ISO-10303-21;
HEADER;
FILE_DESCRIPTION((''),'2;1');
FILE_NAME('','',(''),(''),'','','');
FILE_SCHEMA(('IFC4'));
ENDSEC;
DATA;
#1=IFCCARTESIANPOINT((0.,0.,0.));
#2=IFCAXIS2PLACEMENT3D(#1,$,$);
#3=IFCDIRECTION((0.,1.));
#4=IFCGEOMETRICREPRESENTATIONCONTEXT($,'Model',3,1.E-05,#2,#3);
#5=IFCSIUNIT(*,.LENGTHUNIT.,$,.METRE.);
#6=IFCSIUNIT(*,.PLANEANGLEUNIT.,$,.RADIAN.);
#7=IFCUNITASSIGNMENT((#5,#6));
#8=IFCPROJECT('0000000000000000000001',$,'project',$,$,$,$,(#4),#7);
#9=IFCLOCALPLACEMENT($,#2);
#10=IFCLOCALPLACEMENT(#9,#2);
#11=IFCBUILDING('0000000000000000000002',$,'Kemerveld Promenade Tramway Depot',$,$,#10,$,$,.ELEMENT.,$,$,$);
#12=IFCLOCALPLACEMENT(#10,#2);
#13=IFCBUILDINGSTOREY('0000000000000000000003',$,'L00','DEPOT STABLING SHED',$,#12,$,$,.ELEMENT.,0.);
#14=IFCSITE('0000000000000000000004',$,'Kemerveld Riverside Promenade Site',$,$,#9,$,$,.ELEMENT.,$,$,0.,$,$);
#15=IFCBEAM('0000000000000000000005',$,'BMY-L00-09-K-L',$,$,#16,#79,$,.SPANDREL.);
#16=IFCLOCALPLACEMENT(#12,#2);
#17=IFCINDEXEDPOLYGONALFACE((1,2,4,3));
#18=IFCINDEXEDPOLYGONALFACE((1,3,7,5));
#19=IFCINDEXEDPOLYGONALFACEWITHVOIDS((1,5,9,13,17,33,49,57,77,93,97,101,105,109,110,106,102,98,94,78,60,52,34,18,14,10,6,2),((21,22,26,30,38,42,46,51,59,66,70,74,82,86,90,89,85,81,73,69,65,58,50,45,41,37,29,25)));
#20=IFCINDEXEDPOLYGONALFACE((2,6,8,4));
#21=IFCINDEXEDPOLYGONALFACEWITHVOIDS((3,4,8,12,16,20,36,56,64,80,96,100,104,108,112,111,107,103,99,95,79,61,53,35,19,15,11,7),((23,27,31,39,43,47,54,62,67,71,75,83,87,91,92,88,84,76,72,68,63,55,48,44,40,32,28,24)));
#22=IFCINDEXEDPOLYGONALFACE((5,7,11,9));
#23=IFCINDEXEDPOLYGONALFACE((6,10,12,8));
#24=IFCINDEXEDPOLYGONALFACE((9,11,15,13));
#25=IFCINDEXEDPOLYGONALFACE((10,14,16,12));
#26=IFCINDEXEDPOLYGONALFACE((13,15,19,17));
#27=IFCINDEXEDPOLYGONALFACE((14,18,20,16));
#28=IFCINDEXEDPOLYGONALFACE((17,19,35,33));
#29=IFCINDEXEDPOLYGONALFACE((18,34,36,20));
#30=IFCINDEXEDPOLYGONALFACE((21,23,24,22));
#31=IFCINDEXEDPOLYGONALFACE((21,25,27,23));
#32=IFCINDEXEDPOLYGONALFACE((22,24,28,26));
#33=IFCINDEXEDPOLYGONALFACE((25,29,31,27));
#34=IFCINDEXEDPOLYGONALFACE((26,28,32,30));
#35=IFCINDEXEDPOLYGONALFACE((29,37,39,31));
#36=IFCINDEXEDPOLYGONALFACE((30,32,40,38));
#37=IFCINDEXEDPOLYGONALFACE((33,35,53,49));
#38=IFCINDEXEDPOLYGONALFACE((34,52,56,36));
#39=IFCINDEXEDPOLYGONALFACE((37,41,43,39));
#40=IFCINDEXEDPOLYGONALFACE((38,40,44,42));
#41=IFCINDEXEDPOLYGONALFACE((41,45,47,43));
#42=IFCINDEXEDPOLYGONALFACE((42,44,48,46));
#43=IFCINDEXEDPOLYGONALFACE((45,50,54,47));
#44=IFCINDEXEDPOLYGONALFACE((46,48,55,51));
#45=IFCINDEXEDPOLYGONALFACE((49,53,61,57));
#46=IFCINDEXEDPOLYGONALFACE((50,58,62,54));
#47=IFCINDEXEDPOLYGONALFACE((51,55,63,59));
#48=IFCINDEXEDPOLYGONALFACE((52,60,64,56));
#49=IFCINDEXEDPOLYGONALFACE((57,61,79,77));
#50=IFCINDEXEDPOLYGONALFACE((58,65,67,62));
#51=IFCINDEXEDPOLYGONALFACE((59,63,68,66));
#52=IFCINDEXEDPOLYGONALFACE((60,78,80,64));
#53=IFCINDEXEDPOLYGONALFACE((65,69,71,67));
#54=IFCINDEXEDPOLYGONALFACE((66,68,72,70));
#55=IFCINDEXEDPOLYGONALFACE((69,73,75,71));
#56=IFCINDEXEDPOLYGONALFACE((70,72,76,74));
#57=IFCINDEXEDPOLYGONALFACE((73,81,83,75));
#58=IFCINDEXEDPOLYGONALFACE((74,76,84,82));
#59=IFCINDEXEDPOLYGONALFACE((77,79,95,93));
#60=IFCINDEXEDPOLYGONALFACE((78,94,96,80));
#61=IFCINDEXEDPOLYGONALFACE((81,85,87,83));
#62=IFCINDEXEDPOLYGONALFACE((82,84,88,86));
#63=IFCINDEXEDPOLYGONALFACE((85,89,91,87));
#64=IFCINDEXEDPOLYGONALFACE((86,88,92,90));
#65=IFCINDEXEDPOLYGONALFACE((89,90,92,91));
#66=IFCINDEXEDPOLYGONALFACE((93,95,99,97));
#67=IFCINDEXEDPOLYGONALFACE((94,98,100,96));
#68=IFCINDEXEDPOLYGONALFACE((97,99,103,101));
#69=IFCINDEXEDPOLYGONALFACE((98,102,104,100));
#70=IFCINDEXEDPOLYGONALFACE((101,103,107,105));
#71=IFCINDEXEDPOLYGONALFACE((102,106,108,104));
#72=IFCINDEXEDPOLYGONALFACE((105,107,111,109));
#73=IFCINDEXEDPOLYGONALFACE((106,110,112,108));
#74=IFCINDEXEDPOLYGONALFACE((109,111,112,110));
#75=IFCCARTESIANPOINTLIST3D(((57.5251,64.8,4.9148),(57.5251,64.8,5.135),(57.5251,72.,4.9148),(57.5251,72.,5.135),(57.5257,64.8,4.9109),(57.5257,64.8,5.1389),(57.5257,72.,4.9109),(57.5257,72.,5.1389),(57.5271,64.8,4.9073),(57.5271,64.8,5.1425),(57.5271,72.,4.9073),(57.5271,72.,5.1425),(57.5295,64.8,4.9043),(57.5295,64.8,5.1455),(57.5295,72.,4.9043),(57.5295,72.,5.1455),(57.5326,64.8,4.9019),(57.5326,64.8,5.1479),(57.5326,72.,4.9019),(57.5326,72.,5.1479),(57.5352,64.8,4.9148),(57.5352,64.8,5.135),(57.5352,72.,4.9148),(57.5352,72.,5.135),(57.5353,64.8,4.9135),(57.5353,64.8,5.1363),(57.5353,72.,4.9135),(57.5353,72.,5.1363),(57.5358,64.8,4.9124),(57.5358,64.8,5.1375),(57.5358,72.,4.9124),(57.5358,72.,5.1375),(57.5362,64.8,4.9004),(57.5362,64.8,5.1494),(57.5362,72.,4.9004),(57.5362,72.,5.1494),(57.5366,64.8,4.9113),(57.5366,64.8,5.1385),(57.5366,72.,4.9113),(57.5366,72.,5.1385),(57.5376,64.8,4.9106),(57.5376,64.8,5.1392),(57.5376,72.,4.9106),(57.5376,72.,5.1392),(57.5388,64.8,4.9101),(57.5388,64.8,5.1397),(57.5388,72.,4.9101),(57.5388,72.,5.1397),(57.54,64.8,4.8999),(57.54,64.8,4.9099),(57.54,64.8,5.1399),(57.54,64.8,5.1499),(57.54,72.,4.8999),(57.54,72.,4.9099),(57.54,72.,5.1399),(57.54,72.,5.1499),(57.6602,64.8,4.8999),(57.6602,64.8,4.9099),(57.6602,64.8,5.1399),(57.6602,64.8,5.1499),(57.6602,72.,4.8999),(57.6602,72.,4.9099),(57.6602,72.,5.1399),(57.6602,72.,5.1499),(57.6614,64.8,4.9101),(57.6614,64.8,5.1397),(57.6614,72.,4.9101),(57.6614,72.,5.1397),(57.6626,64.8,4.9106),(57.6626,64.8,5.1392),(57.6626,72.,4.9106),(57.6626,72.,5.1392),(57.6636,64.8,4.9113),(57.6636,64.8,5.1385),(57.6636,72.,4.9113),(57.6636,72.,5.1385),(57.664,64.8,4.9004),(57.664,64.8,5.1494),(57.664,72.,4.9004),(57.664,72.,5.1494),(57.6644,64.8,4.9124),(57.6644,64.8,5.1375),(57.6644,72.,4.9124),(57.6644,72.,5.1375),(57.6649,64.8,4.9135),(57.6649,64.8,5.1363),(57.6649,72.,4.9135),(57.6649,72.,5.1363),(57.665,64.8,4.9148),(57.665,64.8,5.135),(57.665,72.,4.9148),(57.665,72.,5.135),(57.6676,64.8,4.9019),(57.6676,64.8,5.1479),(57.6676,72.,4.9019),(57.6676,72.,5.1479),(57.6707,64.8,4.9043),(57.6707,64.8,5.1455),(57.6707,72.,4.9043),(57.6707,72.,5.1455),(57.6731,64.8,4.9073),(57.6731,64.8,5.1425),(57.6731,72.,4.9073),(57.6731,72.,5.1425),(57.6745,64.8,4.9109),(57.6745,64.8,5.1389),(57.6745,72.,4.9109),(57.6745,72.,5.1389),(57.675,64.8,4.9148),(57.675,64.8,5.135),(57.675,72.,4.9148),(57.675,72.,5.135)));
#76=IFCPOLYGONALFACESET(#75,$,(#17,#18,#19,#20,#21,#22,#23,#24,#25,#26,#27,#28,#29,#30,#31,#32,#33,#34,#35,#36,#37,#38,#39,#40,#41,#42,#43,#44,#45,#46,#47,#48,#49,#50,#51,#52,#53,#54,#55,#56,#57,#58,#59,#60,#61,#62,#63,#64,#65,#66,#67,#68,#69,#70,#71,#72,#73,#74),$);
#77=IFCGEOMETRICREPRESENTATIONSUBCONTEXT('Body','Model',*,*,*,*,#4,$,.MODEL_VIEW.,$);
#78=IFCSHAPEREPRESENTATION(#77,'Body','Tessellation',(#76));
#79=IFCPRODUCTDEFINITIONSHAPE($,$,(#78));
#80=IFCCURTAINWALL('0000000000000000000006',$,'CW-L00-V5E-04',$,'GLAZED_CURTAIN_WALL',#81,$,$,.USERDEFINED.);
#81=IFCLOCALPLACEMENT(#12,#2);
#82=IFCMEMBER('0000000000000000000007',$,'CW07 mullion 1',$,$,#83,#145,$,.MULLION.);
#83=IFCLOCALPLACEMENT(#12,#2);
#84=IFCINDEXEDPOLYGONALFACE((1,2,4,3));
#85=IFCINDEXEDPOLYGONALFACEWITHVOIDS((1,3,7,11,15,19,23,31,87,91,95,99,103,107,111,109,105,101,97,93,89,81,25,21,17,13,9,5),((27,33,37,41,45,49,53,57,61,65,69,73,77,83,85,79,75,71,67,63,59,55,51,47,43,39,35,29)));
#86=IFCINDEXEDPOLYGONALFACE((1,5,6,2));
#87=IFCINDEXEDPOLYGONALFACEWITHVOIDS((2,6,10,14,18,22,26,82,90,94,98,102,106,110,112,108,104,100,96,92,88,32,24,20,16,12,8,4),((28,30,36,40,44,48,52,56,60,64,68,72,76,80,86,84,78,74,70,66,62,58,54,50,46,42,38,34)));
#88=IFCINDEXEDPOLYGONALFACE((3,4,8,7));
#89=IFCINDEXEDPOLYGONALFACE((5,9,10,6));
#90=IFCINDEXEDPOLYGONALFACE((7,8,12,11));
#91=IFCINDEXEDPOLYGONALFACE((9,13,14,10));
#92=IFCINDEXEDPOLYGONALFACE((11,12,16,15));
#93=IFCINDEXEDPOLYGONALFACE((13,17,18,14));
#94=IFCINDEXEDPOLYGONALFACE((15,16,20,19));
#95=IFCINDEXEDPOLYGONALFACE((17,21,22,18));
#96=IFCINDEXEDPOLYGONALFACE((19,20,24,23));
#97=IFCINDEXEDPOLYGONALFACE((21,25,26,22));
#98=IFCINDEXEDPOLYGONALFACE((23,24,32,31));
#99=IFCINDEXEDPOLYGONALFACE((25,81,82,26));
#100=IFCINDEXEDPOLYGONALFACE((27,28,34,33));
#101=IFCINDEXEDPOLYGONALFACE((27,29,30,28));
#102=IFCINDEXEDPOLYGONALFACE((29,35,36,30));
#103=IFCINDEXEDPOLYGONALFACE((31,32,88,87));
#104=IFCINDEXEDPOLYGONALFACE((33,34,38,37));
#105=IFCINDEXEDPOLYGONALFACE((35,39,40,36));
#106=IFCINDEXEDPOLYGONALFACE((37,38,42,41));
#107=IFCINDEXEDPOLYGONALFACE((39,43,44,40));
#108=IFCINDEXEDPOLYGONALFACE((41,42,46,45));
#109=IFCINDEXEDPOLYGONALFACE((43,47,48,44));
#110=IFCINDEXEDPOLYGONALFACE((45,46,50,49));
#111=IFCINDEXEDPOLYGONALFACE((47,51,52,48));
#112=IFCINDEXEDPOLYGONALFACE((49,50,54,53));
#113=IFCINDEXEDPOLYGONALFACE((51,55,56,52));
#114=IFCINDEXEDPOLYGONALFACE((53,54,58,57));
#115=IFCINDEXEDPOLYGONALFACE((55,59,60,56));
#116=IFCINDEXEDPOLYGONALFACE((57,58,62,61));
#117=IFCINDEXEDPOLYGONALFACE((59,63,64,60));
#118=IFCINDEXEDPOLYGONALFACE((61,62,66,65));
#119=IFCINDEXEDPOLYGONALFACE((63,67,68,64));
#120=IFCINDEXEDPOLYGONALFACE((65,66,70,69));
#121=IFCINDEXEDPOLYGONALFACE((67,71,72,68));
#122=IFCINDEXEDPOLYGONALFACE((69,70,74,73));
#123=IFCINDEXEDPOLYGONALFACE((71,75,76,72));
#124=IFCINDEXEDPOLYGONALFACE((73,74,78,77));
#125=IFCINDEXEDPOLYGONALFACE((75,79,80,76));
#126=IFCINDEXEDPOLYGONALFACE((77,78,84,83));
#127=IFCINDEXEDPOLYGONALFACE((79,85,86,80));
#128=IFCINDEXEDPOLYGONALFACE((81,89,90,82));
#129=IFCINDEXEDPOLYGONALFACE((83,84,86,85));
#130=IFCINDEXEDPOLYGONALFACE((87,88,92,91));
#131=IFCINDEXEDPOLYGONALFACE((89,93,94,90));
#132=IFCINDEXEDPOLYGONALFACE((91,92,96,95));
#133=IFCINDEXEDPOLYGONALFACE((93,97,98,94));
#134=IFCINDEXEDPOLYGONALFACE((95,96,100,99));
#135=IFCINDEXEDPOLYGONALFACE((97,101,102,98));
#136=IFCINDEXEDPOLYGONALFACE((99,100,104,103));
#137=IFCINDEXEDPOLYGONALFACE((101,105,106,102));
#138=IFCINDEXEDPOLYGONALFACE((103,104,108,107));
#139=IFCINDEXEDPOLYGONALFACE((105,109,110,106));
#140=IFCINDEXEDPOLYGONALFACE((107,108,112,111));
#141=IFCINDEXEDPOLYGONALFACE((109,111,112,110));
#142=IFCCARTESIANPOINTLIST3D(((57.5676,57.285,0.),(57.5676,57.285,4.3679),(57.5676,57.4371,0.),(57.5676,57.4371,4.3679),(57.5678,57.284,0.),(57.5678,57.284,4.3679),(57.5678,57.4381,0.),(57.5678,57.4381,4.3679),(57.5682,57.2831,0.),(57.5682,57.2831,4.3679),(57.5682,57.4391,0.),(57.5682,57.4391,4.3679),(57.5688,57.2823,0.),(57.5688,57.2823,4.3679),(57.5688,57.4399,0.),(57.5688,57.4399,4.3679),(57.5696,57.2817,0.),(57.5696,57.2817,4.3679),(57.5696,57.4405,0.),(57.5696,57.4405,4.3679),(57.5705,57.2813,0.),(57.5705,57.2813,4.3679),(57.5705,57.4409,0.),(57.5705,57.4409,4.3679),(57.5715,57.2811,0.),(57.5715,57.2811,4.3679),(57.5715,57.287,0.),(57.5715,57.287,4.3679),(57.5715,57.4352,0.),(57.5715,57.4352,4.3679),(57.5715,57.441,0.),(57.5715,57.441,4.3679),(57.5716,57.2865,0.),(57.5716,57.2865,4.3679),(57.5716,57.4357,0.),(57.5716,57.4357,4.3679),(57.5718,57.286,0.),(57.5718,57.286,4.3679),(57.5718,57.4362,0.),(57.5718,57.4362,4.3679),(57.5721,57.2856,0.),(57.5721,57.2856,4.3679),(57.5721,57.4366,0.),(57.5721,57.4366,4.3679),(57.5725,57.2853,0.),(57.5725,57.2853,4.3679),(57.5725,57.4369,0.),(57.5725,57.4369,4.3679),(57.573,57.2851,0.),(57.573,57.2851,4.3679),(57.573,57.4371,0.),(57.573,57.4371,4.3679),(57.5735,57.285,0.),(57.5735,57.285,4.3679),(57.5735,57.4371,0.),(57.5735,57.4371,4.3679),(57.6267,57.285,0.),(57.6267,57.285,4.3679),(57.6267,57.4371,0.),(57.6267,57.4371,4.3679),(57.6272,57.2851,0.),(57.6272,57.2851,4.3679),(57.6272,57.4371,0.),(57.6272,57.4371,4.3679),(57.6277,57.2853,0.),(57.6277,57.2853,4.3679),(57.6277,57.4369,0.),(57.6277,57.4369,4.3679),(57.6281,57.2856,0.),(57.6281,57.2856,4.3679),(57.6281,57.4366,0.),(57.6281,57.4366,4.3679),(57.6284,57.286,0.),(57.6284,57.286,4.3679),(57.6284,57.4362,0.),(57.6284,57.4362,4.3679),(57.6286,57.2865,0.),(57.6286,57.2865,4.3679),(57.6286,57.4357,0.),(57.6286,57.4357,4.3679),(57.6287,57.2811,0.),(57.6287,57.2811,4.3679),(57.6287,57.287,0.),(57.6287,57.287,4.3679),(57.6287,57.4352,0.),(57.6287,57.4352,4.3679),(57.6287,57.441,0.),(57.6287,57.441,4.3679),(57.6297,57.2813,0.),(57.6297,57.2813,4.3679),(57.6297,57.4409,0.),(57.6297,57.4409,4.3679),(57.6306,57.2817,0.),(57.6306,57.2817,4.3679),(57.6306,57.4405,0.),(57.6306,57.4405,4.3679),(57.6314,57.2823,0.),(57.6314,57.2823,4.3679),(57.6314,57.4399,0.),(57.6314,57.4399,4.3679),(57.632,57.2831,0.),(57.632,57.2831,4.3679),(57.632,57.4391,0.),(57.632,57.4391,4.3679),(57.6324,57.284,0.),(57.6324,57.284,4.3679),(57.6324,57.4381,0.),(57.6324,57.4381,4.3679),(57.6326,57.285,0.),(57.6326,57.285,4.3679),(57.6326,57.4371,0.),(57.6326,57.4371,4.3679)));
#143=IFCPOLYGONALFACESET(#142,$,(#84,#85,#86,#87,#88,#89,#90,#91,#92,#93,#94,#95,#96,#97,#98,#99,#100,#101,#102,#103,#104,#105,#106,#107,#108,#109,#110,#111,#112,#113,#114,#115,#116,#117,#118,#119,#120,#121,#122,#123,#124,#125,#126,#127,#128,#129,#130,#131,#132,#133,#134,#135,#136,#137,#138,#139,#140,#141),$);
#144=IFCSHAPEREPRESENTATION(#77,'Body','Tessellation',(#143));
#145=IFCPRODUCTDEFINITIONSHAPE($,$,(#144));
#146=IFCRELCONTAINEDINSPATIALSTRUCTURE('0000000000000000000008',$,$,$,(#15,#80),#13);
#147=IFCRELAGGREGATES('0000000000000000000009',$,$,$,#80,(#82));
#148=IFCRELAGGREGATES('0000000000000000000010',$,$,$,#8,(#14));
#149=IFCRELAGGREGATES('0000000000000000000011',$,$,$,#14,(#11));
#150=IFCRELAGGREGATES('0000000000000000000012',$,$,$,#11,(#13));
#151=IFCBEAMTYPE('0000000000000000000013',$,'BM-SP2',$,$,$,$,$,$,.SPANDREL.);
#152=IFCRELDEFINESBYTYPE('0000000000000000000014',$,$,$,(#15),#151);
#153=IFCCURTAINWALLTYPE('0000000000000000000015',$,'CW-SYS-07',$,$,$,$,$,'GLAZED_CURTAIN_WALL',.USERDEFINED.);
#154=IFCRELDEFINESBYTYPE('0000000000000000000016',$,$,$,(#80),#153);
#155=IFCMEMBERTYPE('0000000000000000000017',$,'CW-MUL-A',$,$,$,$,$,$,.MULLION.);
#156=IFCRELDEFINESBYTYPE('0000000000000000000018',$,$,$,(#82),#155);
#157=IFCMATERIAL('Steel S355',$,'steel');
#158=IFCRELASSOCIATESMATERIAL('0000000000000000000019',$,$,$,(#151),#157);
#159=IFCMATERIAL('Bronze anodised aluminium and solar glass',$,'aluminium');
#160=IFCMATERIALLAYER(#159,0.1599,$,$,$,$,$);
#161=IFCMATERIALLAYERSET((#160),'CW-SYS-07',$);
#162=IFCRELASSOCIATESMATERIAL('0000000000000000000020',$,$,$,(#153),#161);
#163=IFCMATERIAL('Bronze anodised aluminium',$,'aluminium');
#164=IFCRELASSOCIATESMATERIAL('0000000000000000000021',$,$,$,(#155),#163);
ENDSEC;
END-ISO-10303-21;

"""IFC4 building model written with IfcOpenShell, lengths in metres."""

from ifc_helpers import new_model, si_unit, direction, frame, origin, origin_2d, place, context, subcontext, project, spatial, hollow_rectangle, extrude, material, layer, layer_set, material_profile, profile_set, type_object, element, aggregate, save


model = new_model("IFC4")

# Units and contexts
model_context = context("Model", 3, precision=1e-05, world=origin(), true_north=direction((0.0, 1.0)))
body_context = subcontext(model_context, "Body", "Model", "MODEL_VIEW")
ifc_project = project(units=[si_unit("LENGTHUNIT", "METRE"), si_unit("PLANEANGLEUNIT", "RADIAN")], contexts=[model_context])

# Site, building, storey
site_placement = place(None, origin())
site = spatial("IfcSite", under=ifc_project, at=site_placement, Name="Kemerveld Riverside Promenade Site", CompositionType="ELEMENT", RefElevation=0.0)
building_placement = place(site_placement, origin())
building = spatial("IfcBuilding", under=site, at=building_placement, Name="Kemerveld Promenade Tramway Depot", CompositionType="ELEMENT")
storey_placement = place(building_placement, origin())
storey = spatial("IfcBuildingStorey", under=building, at=storey_placement, Name="L00", Description="DEPOT STABLING SHED", CompositionType="ELEMENT", Elevation=0.0)

# Shared definitions
ifc_material_1 = material(Name="Steel S355", Category="steel")

# Beam
ifc_material_profile_1 = material_profile(ifc_material_1, hollow_rectangle(XDim=0.1499, YDim=0.25, WallThickness=0.01, InnerFilletRadius=0.0049, OuterFilletRadius=0.0149, at=origin_2d()), Name="250x150x10.0 RHS")
ifc_profile_set_1 = profile_set([ifc_material_profile_1], Name="Steel S355")
beam_type_1 = type_object("IfcBeamType", Name="BM-SP2", PredefinedType="SPANDREL", material=ifc_profile_set_1)
beam_1_placement = place(storey_placement, frame((57.6001, 64.8, 5.0249), z_axis=(0.0, 1.0, 0.0), x_axis=(-1.0, 0.0, 0.0)))
element("IfcBeam", 1, at=beam_1_placement, inside=storey, type_object=beam_type_1, Name="BMY-L00-09-K-L", PredefinedType="SPANDREL", context=body_context, shape_type="SweptSolid", body=[
    extrude(hollow_rectangle(XDim=0.1499, YDim=0.25, WallThickness=0.01, InnerFilletRadius=0.0049, OuterFilletRadius=0.0149, at=origin_2d()), origin(), (0.0, 0.0, 1.0), 7.2),
])

# Curtain wall, member
ifc_material_2 = material(Name="Bronze anodised aluminium and solar glass", Category="aluminium")
ifc_layer_1 = layer(ifc_material_2, 0.1599)
ifc_layer_set_1 = layer_set([ifc_layer_1], Name="CW-SYS-07")
curtain_wall_type = type_object("IfcCurtainWallType", Name="CW-SYS-07", ElementType="GLAZED_CURTAIN_WALL", PredefinedType="USERDEFINED", material=ifc_layer_set_1)
curtain_wall_placement = place(storey_placement, origin())
curtain_wall = element("IfcCurtainWall", 2, at=curtain_wall_placement, inside=storey, type_object=curtain_wall_type, Name="CW-L00-V5E-04", ObjectType="GLAZED_CURTAIN_WALL", PredefinedType="USERDEFINED")
ifc_material_3 = material(Name="Bronze anodised aluminium", Category="aluminium")
ifc_material_profile_2 = material_profile(ifc_material_3, hollow_rectangle(XDim=0.0649, YDim=0.1599, WallThickness=0.0039, InnerFilletRadius=0.002, OuterFilletRadius=0.0039, at=origin_2d()), Name="CW-MUL-160x65")
ifc_profile_set_2 = profile_set([ifc_material_profile_2], Name="Bronze anodised aluminium")
member_type_1 = type_object("IfcMemberType", Name="CW-MUL-A", PredefinedType="MULLION", material=ifc_profile_set_2)
member_1_placement = place(storey_placement, frame((57.6001, 57.3611, 0.0), z_axis=(0.0, 0.0, 1.0), x_axis=(1.0, 0.0, 0.0)))
member_1 = element("IfcMember", 3, at=member_1_placement, type_object=member_type_1, Name="CW07 mullion 1", PredefinedType="MULLION", context=body_context, shape_type="SweptSolid", body=[
    extrude(hollow_rectangle(XDim=0.0649, YDim=0.1599, WallThickness=0.0039, InnerFilletRadius=0.002, OuterFilletRadius=0.0039, at=origin_2d()), origin(), (0.0, 0.0, 1.0), 4.3679),
])
aggregate(curtain_wall, [member_1])

save(model, "model.ifc")
